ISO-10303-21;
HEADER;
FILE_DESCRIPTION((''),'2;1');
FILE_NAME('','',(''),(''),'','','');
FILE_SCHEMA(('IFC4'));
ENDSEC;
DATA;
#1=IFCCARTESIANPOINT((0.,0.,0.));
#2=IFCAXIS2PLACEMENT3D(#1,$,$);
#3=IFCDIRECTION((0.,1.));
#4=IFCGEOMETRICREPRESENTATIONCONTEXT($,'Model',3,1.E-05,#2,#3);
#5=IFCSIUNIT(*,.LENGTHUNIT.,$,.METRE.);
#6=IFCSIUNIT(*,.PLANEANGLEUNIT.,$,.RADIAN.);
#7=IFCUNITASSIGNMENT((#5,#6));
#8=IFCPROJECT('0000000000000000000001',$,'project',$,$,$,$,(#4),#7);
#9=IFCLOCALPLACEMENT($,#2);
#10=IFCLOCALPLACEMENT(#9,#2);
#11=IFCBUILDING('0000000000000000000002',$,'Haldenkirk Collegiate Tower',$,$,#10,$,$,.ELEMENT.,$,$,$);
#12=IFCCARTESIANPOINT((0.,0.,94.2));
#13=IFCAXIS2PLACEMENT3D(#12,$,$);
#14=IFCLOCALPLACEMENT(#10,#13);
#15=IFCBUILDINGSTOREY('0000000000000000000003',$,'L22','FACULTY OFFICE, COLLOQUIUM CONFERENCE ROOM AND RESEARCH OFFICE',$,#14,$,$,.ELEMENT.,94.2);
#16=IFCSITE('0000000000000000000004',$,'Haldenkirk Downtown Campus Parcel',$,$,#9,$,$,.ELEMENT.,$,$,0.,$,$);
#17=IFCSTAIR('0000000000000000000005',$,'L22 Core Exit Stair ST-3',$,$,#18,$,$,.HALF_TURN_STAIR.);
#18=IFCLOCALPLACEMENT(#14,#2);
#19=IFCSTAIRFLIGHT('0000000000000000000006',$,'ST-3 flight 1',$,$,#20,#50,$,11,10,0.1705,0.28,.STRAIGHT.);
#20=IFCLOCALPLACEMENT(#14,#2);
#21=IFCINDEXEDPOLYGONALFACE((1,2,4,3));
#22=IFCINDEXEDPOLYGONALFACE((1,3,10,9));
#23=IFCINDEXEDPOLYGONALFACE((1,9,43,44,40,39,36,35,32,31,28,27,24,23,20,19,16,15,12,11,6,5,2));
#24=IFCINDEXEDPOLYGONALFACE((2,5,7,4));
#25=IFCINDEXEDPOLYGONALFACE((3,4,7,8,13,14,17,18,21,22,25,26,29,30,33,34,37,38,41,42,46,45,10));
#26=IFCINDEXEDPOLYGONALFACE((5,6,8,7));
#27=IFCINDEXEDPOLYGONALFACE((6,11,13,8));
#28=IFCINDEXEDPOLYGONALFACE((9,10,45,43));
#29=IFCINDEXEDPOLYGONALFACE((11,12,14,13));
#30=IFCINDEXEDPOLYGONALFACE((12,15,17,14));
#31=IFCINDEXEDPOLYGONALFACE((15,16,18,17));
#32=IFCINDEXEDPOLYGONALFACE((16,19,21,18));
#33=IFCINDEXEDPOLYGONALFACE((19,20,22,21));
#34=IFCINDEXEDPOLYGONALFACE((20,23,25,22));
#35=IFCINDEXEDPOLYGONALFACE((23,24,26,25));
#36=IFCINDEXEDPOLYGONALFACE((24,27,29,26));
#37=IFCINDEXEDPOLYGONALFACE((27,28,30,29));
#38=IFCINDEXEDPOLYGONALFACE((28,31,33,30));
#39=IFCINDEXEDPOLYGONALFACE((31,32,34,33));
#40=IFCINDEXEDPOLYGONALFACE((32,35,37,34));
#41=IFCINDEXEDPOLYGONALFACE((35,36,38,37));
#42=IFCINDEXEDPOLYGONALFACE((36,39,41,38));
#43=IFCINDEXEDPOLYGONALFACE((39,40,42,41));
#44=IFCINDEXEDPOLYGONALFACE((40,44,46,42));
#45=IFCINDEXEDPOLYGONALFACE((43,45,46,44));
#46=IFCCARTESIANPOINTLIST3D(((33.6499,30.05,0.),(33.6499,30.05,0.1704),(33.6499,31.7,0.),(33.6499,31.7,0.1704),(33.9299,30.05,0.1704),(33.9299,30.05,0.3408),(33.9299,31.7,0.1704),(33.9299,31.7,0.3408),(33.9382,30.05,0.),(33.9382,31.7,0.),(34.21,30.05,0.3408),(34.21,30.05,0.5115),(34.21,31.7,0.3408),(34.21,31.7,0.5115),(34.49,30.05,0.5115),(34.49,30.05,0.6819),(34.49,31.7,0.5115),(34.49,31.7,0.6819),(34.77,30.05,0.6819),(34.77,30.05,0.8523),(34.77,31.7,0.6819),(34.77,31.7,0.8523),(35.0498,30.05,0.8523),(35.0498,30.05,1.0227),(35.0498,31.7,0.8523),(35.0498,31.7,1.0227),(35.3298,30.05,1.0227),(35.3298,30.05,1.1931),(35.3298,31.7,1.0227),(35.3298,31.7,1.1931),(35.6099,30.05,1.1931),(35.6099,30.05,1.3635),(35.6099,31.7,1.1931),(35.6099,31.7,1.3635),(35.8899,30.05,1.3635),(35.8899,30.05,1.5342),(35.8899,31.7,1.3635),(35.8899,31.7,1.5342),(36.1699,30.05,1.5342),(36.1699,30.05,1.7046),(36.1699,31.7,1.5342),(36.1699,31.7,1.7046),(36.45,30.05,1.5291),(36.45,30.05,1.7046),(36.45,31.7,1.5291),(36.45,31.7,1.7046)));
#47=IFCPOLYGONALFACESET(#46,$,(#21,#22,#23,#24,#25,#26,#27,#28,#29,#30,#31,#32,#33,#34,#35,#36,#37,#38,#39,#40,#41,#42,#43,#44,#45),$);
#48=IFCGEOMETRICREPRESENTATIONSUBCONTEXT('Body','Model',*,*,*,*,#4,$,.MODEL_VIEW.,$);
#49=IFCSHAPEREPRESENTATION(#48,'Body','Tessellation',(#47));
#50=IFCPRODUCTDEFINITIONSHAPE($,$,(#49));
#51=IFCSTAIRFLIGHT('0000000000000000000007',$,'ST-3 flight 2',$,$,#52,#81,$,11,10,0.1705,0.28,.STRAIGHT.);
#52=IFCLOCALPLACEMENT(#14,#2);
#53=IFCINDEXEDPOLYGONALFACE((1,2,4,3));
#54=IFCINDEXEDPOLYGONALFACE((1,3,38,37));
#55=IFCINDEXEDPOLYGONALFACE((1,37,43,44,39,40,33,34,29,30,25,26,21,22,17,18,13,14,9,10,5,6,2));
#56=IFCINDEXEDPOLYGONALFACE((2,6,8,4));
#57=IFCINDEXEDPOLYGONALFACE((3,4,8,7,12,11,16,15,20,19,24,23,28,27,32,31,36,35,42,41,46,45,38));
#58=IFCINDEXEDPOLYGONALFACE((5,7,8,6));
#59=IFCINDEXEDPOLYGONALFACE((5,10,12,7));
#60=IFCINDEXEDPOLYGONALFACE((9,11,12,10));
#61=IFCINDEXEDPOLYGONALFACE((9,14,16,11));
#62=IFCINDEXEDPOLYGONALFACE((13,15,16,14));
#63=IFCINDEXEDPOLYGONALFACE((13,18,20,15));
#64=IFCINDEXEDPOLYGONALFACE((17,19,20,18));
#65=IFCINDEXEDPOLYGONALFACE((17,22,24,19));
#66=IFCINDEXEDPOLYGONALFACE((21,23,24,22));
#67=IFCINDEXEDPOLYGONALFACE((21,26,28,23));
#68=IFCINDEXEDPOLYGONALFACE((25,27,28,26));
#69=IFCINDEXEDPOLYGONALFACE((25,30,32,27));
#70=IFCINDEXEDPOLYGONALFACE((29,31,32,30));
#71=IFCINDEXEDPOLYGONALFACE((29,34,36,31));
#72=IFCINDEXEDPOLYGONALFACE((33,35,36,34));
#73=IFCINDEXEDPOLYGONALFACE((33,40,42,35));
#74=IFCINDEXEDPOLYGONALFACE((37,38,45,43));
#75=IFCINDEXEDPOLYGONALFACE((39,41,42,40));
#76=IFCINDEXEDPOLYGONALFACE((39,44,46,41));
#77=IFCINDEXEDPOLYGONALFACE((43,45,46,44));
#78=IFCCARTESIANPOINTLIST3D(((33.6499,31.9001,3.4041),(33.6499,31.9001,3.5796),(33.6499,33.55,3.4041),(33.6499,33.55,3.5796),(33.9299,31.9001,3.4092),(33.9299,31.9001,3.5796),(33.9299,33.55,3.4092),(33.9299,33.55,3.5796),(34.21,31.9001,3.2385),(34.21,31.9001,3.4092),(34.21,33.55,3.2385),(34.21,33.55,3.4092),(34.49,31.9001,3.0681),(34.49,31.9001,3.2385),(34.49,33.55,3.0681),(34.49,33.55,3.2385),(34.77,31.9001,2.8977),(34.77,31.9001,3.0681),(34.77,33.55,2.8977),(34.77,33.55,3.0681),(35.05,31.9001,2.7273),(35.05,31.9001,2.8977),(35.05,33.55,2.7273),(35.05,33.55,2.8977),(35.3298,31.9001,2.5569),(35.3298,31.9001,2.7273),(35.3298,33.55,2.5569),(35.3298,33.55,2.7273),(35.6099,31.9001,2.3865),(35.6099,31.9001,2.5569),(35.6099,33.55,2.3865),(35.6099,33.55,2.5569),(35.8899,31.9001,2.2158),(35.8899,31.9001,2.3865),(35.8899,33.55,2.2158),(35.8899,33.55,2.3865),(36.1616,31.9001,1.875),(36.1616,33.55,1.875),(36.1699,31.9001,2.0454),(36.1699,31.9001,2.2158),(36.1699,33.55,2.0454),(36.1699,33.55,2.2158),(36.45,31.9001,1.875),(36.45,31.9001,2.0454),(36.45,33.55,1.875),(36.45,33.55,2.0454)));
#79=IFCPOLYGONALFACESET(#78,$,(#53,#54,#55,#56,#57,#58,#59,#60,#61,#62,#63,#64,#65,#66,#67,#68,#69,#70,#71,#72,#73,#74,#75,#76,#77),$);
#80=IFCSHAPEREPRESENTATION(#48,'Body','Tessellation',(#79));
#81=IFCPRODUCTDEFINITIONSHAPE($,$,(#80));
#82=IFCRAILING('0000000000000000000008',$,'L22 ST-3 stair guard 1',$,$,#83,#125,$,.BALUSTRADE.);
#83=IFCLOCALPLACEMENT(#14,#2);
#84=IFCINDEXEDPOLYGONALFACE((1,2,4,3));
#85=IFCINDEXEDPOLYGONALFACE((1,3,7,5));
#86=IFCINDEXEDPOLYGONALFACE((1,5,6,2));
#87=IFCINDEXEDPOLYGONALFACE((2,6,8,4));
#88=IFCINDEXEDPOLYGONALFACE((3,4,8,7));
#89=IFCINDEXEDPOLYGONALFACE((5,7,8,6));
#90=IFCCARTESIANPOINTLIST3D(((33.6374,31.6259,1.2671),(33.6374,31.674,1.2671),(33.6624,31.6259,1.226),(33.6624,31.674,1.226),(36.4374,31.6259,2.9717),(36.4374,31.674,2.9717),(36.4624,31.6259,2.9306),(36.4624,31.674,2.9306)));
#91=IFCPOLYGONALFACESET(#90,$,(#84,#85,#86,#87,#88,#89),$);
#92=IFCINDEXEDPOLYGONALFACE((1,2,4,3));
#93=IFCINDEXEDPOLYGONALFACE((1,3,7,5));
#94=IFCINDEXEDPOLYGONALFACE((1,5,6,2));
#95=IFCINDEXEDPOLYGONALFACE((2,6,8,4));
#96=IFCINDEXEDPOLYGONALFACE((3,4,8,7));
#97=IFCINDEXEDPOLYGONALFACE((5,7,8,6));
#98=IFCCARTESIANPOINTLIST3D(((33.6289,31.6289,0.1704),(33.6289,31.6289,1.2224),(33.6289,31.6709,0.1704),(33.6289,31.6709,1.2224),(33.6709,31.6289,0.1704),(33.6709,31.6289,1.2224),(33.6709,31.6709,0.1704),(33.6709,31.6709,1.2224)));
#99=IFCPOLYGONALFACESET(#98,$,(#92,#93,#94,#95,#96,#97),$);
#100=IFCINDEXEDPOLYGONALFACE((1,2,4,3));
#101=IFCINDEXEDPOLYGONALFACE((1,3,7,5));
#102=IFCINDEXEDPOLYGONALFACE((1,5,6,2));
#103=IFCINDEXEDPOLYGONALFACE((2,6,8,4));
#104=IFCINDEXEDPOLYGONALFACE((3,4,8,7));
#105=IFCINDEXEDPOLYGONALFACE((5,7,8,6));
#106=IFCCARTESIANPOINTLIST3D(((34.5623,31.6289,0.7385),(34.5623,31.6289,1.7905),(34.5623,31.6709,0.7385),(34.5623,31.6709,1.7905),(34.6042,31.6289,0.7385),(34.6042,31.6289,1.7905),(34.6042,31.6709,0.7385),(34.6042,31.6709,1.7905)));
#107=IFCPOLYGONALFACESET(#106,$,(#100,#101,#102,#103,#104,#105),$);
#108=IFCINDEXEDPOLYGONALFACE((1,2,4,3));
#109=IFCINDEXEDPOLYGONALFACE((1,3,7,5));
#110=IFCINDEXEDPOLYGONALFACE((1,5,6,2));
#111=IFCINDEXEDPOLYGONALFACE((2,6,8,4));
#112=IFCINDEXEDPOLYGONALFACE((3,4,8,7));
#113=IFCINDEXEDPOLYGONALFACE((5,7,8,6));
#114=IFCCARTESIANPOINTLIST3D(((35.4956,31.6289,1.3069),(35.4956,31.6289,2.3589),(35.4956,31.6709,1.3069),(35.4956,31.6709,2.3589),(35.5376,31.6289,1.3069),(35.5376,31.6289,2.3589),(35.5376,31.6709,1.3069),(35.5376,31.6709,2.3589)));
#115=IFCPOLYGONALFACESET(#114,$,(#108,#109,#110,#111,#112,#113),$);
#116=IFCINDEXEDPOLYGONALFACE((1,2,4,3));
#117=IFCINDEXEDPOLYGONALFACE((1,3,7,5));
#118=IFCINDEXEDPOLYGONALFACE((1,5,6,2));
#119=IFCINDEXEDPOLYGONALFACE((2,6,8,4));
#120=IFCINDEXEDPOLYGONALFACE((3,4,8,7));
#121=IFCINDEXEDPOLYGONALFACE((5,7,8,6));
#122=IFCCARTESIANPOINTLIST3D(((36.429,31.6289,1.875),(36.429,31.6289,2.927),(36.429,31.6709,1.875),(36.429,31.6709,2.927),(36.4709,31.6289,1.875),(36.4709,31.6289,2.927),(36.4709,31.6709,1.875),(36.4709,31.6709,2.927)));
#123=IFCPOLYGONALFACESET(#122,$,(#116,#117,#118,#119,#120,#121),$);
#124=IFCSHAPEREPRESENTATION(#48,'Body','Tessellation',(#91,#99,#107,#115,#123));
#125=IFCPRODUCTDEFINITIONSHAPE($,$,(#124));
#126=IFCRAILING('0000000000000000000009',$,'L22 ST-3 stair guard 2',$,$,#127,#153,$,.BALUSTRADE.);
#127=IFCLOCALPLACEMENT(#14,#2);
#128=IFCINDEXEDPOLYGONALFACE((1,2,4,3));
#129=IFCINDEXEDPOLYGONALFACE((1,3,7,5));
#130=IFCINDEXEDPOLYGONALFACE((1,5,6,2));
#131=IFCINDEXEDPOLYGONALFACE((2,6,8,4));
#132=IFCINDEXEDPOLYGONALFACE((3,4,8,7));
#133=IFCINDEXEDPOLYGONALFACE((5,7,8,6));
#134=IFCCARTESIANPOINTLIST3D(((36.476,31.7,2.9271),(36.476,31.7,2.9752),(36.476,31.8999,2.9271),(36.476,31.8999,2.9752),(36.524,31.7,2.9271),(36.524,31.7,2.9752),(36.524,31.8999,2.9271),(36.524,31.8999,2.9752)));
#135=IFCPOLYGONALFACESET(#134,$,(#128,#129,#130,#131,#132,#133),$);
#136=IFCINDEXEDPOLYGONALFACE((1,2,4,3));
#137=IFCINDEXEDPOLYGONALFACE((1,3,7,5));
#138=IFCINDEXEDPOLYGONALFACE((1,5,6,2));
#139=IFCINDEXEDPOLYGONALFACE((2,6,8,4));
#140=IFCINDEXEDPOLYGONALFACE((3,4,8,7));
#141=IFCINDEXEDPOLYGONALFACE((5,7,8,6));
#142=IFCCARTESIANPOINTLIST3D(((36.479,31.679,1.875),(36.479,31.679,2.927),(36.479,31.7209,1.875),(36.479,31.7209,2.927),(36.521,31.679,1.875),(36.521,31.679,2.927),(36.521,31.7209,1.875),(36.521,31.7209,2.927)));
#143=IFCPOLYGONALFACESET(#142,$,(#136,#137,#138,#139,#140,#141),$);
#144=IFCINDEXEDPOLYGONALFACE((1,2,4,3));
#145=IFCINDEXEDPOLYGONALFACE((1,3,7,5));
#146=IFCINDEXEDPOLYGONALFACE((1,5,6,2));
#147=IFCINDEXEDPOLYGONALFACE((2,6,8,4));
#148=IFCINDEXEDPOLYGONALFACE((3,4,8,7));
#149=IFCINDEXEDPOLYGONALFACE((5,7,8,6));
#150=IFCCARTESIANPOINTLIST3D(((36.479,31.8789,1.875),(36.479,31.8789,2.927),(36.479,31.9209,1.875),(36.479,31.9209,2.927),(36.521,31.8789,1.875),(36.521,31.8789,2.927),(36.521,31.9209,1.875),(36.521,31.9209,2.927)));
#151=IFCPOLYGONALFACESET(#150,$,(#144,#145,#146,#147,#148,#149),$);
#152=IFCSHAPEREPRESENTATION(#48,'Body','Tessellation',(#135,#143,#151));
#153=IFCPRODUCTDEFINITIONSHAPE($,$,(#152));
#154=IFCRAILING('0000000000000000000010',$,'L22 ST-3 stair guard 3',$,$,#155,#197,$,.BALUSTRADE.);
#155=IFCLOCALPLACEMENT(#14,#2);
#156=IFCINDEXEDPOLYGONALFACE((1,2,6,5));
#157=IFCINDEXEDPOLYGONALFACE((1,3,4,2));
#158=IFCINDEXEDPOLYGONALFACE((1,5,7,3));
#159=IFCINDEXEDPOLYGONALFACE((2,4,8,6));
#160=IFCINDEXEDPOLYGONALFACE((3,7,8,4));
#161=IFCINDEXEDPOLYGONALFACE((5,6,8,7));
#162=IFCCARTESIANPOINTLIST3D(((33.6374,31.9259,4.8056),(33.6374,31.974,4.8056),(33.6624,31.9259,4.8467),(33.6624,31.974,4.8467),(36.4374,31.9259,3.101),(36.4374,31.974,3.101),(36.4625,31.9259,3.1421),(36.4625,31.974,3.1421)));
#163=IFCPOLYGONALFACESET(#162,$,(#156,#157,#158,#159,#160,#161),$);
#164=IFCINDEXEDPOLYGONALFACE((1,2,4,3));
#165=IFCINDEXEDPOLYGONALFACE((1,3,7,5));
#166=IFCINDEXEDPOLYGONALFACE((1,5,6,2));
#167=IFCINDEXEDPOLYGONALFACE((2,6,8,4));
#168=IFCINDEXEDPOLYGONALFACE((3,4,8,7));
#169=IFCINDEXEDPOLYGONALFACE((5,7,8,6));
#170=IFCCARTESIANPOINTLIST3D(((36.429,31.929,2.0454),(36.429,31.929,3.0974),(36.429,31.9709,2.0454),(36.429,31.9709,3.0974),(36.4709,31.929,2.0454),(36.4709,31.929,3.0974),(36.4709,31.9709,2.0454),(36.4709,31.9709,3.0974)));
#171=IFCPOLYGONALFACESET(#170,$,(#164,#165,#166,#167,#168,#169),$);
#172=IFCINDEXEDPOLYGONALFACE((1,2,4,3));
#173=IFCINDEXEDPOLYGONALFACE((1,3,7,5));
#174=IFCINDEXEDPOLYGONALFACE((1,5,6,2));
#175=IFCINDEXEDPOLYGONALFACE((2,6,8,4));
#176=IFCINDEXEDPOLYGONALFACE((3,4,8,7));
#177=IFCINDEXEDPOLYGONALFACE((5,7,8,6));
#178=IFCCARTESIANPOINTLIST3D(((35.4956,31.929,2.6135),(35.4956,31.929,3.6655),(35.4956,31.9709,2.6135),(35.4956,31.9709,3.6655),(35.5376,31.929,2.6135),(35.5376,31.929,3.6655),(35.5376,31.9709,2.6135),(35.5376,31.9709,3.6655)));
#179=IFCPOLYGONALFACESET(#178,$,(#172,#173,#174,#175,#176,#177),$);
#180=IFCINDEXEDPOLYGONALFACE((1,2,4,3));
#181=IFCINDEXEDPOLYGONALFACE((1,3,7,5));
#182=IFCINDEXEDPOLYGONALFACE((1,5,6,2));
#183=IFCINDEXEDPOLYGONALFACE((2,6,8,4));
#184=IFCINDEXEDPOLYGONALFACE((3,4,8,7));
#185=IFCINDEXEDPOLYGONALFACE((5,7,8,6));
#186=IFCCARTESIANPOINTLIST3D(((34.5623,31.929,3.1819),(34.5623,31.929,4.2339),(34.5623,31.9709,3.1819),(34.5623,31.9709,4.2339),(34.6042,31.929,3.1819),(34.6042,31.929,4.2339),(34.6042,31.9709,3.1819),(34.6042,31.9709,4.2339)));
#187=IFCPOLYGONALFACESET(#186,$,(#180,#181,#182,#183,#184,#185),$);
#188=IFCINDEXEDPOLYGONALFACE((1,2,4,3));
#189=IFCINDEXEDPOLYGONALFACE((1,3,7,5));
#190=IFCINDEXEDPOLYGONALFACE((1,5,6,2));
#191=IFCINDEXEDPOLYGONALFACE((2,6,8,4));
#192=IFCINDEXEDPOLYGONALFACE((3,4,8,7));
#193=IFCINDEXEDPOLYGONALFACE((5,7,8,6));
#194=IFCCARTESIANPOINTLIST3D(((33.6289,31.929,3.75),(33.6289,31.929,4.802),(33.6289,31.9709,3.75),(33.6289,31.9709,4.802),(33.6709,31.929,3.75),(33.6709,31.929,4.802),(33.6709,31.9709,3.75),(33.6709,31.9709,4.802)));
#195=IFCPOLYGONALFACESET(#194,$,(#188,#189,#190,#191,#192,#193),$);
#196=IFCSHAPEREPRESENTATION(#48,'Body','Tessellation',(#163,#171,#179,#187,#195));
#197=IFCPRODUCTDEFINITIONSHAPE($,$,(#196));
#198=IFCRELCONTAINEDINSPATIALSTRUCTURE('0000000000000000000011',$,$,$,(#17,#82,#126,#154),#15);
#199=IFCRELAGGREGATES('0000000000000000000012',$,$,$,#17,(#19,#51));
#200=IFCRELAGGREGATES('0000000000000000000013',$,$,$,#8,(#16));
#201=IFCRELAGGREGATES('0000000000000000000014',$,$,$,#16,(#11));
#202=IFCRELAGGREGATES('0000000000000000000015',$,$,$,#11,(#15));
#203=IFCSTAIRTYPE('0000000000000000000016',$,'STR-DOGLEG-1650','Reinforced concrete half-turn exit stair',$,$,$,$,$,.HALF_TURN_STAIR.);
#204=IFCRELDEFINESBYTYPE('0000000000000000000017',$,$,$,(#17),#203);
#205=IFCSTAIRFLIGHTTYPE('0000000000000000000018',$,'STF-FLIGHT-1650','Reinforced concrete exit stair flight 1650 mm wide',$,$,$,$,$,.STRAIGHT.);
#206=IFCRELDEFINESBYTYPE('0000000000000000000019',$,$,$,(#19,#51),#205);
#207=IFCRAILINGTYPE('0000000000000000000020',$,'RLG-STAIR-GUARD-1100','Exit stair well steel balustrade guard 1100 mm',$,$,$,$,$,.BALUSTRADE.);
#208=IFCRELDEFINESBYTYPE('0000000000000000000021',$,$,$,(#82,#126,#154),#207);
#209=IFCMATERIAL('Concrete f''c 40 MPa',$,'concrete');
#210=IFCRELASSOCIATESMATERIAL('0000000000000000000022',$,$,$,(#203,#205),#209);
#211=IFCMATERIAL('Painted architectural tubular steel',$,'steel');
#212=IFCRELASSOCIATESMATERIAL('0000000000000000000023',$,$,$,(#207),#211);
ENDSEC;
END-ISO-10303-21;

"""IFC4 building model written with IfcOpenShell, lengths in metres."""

from ifc_helpers import new_model, si_unit, direction, frame, origin, origin_2d, place, context, subcontext, project, spatial, polyline, rectangle, outline, extrude, material, type_object, element, aggregate, save


model = new_model("IFC4")

# Units and contexts
model_context = context("Model", 3, precision=1e-05, world=origin(), true_north=direction((0.0, 1.0)))
body_context = subcontext(model_context, "Body", "Model", "MODEL_VIEW")
ifc_project = project(units=[si_unit("LENGTHUNIT", "METRE"), si_unit("PLANEANGLEUNIT", "RADIAN")], contexts=[model_context])

# Site, building, storey
site_placement = place(None, origin())
site = spatial("IfcSite", under=ifc_project, at=site_placement, Name="Haldenkirk Downtown Campus Parcel", CompositionType="ELEMENT", RefElevation=0.0)
building_placement = place(site_placement, origin())
building = spatial("IfcBuilding", under=site, at=building_placement, Name="Haldenkirk Collegiate Tower", CompositionType="ELEMENT")
storey_placement = place(building_placement, frame((0.0, 0.0, 94.2)))
storey = spatial("IfcBuildingStorey", under=building, at=storey_placement, Name="L22", Description="FACULTY OFFICE, COLLOQUIUM CONFERENCE ROOM AND RESEARCH OFFICE", CompositionType="ELEMENT", Elevation=94.2)

# Stair, stair flights
ifc_material_1 = material(Name="Concrete f'c 40 MPa", Category="concrete")
stair_type = type_object("IfcStairType", Name="STR-DOGLEG-1650", Description="Reinforced concrete half-turn exit stair", PredefinedType="HALF_TURN_STAIR", material=ifc_material_1)
stair_placement = place(storey_placement, origin())
stair = element("IfcStair", 1, at=stair_placement, inside=storey, type_object=stair_type, Name="L22 Core Exit Stair ST-3", PredefinedType="HALF_TURN_STAIR")
stair_flight_type = type_object("IfcStairFlightType", Name="STF-FLIGHT-1650", Description="Reinforced concrete exit stair flight 1650 mm wide", PredefinedType="STRAIGHT", material=ifc_material_1)
stair_flight_1_placement = place(storey_placement, frame((33.6499, 30.875, 0.0), z_axis=(0.0, 0.0, 1.0), x_axis=(1.0, 0.0, 0.0)))
stair_flight_1 = element("IfcStairFlight", 2, at=stair_flight_1_placement, type_object=stair_flight_type, Name="ST-3 flight 1", NumberOfRisers=11, NumberOfTreads=10, PredefinedType="STRAIGHT", RiserHeight=0.1705, TreadLength=0.28, context=body_context, shape_type="SweptSolid", body=[
    extrude(outline(polyline([(0.0, 0.0), (0.0, 0.1704), (0.28, 0.1704), (0.28, 0.3408), (0.5601, 0.3408), (0.5601, 0.5115), (0.8401, 0.5115), (0.8401, 0.6819), (1.1201, 0.6819), (1.1201, 0.8523), (1.3999, 0.8523), (1.3999, 1.0227), (1.6799, 1.0227), (1.6799, 1.1931), (1.96, 1.1931), (1.96, 1.3635), (2.24, 1.3635), (2.24, 1.5342), (2.52, 1.5342), (2.52, 1.7046), (2.8, 1.7046), (2.8, 1.875), (2.8, 1.5291), (0.2883, 0.0), (0.0, 0.0)])), frame((0.0, 0.825, 0.0), z_axis=(0.0, -1.0, 0.0), x_axis=(1.0, 0.0, 0.0)), (0.0, 0.0, 1.0), 1.6499),
])
stair_flight_2_placement = place(storey_placement, frame((36.45, 32.7251, 1.875), z_axis=(0.0, 0.0, 1.0), x_axis=(-1.0, 0.0, 0.0)))
stair_flight_2 = element("IfcStairFlight", 3, at=stair_flight_2_placement, type_object=stair_flight_type, Name="ST-3 flight 2", NumberOfRisers=11, NumberOfTreads=10, PredefinedType="STRAIGHT", RiserHeight=0.1705, TreadLength=0.28, context=body_context, shape_type="SweptSolid", body=[
    extrude(outline(polyline([(0.0, 0.0), (0.0, 0.1704), (0.28, 0.1704), (0.28, 0.3408), (0.5601, 0.3408), (0.5601, 0.5115), (0.8401, 0.5115), (0.8401, 0.6819), (1.1201, 0.6819), (1.1201, 0.8523), (1.3999, 0.8523), (1.3999, 1.0227), (1.6799, 1.0227), (1.6799, 1.1931), (1.96, 1.1931), (1.96, 1.3635), (2.24, 1.3635), (2.24, 1.5342), (2.52, 1.5342), (2.52, 1.7046), (2.8, 1.7046), (2.8, 1.875), (2.8, 1.5291), (0.2883, 0.0), (0.0, 0.0)])), frame((0.0, 0.825, 0.0), z_axis=(0.0, -1.0, 0.0), x_axis=(1.0, 0.0, 0.0)), (0.0, 0.0, 1.0), 1.6499),
])
aggregate(stair, [stair_flight_1, stair_flight_2])

# Railings
ifc_material_2 = material(Name="Painted architectural tubular steel", Category="steel")
railing_type_1 = type_object("IfcRailingType", Name="RLG-STAIR-GUARD-1100", Description="Exit stair well steel balustrade guard 1100 mm", PredefinedType="BALUSTRADE", material=ifc_material_2)
railing_1_placement = place(storey_placement, frame((33.6499, 31.6499, 0.1704)))
element("IfcRailing", 4, at=railing_1_placement, inside=storey, type_object=railing_type_1, Name="L22 ST-3 stair guard 1", PredefinedType="BALUSTRADE", context=body_context, shape_type="SweptSolid", body=[
    extrude(rectangle(XDim=0.0481, YDim=0.0481, at=origin_2d()), frame((0.0, 0.0, 1.0762), z_axis=(0.85417, 0.0, 0.519994), x_axis=(0.0, 1.0, 0.0)), (0.0, 0.0, 1.0), 3.2781),
    extrude(rectangle(XDim=0.042, YDim=0.042, at=origin_2d()), origin(), (0.0, 0.0, 1.0), 1.052),
    extrude(rectangle(XDim=0.042, YDim=0.042, at=origin_2d()), frame((0.9333, 0.0, 0.5681)), (0.0, 0.0, 1.0), 1.052),
    extrude(rectangle(XDim=0.042, YDim=0.042, at=origin_2d()), frame((1.8667, 0.0, 1.1365)), (0.0, 0.0, 1.0), 1.052),
    extrude(rectangle(XDim=0.042, YDim=0.042, at=origin_2d()), frame((2.8, 0.0, 1.7046)), (0.0, 0.0, 1.0), 1.052),
])
railing_2_placement = place(storey_placement, frame((36.5, 31.7, 1.875)))
element("IfcRailing", 5, at=railing_2_placement, inside=storey, type_object=railing_type_1, Name="L22 ST-3 stair guard 2", PredefinedType="BALUSTRADE", context=body_context, shape_type="SweptSolid", body=[
    extrude(rectangle(XDim=0.0481, YDim=0.0481, at=origin_2d()), frame((0.0, 0.0, 1.0762), z_axis=(0.0, 1.0, 0.0), x_axis=(-1.0, 0.0, 0.0)), (0.0, 0.0, 1.0), 0.2),
    extrude(rectangle(XDim=0.042, YDim=0.042, at=origin_2d()), origin(), (0.0, 0.0, 1.0), 1.052),
    extrude(rectangle(XDim=0.042, YDim=0.042, at=origin_2d()), frame((0.0, 0.2, 0.0)), (0.0, 0.0, 1.0), 1.052),
])
railing_3_placement = place(storey_placement, frame((36.45, 31.95, 2.0454)))
element("IfcRailing", 6, at=railing_3_placement, inside=storey, type_object=railing_type_1, Name="L22 ST-3 stair guard 3", PredefinedType="BALUSTRADE", context=body_context, shape_type="SweptSolid", body=[
    extrude(rectangle(XDim=0.0481, YDim=0.0481, at=origin_2d()), frame((0.0, 0.0, 1.0762), z_axis=(-0.85417, 0.0, 0.519994), x_axis=(0.0, -1.0, 0.0)), (0.0, 0.0, 1.0), 3.2781),
    extrude(rectangle(XDim=0.042, YDim=0.042, at=origin_2d()), origin(), (0.0, 0.0, 1.0), 1.052),
    extrude(rectangle(XDim=0.042, YDim=0.042, at=origin_2d()), frame((-0.9333, 0.0, 0.5681)), (0.0, 0.0, 1.0), 1.052),
    extrude(rectangle(XDim=0.042, YDim=0.042, at=origin_2d()), frame((-1.8667, 0.0, 1.1365)), (0.0, 0.0, 1.0), 1.052),
    extrude(rectangle(XDim=0.042, YDim=0.042, at=origin_2d()), frame((-2.8, 0.0, 1.7046)), (0.0, 0.0, 1.0), 1.052),
])

save(model, "model.ifc")
